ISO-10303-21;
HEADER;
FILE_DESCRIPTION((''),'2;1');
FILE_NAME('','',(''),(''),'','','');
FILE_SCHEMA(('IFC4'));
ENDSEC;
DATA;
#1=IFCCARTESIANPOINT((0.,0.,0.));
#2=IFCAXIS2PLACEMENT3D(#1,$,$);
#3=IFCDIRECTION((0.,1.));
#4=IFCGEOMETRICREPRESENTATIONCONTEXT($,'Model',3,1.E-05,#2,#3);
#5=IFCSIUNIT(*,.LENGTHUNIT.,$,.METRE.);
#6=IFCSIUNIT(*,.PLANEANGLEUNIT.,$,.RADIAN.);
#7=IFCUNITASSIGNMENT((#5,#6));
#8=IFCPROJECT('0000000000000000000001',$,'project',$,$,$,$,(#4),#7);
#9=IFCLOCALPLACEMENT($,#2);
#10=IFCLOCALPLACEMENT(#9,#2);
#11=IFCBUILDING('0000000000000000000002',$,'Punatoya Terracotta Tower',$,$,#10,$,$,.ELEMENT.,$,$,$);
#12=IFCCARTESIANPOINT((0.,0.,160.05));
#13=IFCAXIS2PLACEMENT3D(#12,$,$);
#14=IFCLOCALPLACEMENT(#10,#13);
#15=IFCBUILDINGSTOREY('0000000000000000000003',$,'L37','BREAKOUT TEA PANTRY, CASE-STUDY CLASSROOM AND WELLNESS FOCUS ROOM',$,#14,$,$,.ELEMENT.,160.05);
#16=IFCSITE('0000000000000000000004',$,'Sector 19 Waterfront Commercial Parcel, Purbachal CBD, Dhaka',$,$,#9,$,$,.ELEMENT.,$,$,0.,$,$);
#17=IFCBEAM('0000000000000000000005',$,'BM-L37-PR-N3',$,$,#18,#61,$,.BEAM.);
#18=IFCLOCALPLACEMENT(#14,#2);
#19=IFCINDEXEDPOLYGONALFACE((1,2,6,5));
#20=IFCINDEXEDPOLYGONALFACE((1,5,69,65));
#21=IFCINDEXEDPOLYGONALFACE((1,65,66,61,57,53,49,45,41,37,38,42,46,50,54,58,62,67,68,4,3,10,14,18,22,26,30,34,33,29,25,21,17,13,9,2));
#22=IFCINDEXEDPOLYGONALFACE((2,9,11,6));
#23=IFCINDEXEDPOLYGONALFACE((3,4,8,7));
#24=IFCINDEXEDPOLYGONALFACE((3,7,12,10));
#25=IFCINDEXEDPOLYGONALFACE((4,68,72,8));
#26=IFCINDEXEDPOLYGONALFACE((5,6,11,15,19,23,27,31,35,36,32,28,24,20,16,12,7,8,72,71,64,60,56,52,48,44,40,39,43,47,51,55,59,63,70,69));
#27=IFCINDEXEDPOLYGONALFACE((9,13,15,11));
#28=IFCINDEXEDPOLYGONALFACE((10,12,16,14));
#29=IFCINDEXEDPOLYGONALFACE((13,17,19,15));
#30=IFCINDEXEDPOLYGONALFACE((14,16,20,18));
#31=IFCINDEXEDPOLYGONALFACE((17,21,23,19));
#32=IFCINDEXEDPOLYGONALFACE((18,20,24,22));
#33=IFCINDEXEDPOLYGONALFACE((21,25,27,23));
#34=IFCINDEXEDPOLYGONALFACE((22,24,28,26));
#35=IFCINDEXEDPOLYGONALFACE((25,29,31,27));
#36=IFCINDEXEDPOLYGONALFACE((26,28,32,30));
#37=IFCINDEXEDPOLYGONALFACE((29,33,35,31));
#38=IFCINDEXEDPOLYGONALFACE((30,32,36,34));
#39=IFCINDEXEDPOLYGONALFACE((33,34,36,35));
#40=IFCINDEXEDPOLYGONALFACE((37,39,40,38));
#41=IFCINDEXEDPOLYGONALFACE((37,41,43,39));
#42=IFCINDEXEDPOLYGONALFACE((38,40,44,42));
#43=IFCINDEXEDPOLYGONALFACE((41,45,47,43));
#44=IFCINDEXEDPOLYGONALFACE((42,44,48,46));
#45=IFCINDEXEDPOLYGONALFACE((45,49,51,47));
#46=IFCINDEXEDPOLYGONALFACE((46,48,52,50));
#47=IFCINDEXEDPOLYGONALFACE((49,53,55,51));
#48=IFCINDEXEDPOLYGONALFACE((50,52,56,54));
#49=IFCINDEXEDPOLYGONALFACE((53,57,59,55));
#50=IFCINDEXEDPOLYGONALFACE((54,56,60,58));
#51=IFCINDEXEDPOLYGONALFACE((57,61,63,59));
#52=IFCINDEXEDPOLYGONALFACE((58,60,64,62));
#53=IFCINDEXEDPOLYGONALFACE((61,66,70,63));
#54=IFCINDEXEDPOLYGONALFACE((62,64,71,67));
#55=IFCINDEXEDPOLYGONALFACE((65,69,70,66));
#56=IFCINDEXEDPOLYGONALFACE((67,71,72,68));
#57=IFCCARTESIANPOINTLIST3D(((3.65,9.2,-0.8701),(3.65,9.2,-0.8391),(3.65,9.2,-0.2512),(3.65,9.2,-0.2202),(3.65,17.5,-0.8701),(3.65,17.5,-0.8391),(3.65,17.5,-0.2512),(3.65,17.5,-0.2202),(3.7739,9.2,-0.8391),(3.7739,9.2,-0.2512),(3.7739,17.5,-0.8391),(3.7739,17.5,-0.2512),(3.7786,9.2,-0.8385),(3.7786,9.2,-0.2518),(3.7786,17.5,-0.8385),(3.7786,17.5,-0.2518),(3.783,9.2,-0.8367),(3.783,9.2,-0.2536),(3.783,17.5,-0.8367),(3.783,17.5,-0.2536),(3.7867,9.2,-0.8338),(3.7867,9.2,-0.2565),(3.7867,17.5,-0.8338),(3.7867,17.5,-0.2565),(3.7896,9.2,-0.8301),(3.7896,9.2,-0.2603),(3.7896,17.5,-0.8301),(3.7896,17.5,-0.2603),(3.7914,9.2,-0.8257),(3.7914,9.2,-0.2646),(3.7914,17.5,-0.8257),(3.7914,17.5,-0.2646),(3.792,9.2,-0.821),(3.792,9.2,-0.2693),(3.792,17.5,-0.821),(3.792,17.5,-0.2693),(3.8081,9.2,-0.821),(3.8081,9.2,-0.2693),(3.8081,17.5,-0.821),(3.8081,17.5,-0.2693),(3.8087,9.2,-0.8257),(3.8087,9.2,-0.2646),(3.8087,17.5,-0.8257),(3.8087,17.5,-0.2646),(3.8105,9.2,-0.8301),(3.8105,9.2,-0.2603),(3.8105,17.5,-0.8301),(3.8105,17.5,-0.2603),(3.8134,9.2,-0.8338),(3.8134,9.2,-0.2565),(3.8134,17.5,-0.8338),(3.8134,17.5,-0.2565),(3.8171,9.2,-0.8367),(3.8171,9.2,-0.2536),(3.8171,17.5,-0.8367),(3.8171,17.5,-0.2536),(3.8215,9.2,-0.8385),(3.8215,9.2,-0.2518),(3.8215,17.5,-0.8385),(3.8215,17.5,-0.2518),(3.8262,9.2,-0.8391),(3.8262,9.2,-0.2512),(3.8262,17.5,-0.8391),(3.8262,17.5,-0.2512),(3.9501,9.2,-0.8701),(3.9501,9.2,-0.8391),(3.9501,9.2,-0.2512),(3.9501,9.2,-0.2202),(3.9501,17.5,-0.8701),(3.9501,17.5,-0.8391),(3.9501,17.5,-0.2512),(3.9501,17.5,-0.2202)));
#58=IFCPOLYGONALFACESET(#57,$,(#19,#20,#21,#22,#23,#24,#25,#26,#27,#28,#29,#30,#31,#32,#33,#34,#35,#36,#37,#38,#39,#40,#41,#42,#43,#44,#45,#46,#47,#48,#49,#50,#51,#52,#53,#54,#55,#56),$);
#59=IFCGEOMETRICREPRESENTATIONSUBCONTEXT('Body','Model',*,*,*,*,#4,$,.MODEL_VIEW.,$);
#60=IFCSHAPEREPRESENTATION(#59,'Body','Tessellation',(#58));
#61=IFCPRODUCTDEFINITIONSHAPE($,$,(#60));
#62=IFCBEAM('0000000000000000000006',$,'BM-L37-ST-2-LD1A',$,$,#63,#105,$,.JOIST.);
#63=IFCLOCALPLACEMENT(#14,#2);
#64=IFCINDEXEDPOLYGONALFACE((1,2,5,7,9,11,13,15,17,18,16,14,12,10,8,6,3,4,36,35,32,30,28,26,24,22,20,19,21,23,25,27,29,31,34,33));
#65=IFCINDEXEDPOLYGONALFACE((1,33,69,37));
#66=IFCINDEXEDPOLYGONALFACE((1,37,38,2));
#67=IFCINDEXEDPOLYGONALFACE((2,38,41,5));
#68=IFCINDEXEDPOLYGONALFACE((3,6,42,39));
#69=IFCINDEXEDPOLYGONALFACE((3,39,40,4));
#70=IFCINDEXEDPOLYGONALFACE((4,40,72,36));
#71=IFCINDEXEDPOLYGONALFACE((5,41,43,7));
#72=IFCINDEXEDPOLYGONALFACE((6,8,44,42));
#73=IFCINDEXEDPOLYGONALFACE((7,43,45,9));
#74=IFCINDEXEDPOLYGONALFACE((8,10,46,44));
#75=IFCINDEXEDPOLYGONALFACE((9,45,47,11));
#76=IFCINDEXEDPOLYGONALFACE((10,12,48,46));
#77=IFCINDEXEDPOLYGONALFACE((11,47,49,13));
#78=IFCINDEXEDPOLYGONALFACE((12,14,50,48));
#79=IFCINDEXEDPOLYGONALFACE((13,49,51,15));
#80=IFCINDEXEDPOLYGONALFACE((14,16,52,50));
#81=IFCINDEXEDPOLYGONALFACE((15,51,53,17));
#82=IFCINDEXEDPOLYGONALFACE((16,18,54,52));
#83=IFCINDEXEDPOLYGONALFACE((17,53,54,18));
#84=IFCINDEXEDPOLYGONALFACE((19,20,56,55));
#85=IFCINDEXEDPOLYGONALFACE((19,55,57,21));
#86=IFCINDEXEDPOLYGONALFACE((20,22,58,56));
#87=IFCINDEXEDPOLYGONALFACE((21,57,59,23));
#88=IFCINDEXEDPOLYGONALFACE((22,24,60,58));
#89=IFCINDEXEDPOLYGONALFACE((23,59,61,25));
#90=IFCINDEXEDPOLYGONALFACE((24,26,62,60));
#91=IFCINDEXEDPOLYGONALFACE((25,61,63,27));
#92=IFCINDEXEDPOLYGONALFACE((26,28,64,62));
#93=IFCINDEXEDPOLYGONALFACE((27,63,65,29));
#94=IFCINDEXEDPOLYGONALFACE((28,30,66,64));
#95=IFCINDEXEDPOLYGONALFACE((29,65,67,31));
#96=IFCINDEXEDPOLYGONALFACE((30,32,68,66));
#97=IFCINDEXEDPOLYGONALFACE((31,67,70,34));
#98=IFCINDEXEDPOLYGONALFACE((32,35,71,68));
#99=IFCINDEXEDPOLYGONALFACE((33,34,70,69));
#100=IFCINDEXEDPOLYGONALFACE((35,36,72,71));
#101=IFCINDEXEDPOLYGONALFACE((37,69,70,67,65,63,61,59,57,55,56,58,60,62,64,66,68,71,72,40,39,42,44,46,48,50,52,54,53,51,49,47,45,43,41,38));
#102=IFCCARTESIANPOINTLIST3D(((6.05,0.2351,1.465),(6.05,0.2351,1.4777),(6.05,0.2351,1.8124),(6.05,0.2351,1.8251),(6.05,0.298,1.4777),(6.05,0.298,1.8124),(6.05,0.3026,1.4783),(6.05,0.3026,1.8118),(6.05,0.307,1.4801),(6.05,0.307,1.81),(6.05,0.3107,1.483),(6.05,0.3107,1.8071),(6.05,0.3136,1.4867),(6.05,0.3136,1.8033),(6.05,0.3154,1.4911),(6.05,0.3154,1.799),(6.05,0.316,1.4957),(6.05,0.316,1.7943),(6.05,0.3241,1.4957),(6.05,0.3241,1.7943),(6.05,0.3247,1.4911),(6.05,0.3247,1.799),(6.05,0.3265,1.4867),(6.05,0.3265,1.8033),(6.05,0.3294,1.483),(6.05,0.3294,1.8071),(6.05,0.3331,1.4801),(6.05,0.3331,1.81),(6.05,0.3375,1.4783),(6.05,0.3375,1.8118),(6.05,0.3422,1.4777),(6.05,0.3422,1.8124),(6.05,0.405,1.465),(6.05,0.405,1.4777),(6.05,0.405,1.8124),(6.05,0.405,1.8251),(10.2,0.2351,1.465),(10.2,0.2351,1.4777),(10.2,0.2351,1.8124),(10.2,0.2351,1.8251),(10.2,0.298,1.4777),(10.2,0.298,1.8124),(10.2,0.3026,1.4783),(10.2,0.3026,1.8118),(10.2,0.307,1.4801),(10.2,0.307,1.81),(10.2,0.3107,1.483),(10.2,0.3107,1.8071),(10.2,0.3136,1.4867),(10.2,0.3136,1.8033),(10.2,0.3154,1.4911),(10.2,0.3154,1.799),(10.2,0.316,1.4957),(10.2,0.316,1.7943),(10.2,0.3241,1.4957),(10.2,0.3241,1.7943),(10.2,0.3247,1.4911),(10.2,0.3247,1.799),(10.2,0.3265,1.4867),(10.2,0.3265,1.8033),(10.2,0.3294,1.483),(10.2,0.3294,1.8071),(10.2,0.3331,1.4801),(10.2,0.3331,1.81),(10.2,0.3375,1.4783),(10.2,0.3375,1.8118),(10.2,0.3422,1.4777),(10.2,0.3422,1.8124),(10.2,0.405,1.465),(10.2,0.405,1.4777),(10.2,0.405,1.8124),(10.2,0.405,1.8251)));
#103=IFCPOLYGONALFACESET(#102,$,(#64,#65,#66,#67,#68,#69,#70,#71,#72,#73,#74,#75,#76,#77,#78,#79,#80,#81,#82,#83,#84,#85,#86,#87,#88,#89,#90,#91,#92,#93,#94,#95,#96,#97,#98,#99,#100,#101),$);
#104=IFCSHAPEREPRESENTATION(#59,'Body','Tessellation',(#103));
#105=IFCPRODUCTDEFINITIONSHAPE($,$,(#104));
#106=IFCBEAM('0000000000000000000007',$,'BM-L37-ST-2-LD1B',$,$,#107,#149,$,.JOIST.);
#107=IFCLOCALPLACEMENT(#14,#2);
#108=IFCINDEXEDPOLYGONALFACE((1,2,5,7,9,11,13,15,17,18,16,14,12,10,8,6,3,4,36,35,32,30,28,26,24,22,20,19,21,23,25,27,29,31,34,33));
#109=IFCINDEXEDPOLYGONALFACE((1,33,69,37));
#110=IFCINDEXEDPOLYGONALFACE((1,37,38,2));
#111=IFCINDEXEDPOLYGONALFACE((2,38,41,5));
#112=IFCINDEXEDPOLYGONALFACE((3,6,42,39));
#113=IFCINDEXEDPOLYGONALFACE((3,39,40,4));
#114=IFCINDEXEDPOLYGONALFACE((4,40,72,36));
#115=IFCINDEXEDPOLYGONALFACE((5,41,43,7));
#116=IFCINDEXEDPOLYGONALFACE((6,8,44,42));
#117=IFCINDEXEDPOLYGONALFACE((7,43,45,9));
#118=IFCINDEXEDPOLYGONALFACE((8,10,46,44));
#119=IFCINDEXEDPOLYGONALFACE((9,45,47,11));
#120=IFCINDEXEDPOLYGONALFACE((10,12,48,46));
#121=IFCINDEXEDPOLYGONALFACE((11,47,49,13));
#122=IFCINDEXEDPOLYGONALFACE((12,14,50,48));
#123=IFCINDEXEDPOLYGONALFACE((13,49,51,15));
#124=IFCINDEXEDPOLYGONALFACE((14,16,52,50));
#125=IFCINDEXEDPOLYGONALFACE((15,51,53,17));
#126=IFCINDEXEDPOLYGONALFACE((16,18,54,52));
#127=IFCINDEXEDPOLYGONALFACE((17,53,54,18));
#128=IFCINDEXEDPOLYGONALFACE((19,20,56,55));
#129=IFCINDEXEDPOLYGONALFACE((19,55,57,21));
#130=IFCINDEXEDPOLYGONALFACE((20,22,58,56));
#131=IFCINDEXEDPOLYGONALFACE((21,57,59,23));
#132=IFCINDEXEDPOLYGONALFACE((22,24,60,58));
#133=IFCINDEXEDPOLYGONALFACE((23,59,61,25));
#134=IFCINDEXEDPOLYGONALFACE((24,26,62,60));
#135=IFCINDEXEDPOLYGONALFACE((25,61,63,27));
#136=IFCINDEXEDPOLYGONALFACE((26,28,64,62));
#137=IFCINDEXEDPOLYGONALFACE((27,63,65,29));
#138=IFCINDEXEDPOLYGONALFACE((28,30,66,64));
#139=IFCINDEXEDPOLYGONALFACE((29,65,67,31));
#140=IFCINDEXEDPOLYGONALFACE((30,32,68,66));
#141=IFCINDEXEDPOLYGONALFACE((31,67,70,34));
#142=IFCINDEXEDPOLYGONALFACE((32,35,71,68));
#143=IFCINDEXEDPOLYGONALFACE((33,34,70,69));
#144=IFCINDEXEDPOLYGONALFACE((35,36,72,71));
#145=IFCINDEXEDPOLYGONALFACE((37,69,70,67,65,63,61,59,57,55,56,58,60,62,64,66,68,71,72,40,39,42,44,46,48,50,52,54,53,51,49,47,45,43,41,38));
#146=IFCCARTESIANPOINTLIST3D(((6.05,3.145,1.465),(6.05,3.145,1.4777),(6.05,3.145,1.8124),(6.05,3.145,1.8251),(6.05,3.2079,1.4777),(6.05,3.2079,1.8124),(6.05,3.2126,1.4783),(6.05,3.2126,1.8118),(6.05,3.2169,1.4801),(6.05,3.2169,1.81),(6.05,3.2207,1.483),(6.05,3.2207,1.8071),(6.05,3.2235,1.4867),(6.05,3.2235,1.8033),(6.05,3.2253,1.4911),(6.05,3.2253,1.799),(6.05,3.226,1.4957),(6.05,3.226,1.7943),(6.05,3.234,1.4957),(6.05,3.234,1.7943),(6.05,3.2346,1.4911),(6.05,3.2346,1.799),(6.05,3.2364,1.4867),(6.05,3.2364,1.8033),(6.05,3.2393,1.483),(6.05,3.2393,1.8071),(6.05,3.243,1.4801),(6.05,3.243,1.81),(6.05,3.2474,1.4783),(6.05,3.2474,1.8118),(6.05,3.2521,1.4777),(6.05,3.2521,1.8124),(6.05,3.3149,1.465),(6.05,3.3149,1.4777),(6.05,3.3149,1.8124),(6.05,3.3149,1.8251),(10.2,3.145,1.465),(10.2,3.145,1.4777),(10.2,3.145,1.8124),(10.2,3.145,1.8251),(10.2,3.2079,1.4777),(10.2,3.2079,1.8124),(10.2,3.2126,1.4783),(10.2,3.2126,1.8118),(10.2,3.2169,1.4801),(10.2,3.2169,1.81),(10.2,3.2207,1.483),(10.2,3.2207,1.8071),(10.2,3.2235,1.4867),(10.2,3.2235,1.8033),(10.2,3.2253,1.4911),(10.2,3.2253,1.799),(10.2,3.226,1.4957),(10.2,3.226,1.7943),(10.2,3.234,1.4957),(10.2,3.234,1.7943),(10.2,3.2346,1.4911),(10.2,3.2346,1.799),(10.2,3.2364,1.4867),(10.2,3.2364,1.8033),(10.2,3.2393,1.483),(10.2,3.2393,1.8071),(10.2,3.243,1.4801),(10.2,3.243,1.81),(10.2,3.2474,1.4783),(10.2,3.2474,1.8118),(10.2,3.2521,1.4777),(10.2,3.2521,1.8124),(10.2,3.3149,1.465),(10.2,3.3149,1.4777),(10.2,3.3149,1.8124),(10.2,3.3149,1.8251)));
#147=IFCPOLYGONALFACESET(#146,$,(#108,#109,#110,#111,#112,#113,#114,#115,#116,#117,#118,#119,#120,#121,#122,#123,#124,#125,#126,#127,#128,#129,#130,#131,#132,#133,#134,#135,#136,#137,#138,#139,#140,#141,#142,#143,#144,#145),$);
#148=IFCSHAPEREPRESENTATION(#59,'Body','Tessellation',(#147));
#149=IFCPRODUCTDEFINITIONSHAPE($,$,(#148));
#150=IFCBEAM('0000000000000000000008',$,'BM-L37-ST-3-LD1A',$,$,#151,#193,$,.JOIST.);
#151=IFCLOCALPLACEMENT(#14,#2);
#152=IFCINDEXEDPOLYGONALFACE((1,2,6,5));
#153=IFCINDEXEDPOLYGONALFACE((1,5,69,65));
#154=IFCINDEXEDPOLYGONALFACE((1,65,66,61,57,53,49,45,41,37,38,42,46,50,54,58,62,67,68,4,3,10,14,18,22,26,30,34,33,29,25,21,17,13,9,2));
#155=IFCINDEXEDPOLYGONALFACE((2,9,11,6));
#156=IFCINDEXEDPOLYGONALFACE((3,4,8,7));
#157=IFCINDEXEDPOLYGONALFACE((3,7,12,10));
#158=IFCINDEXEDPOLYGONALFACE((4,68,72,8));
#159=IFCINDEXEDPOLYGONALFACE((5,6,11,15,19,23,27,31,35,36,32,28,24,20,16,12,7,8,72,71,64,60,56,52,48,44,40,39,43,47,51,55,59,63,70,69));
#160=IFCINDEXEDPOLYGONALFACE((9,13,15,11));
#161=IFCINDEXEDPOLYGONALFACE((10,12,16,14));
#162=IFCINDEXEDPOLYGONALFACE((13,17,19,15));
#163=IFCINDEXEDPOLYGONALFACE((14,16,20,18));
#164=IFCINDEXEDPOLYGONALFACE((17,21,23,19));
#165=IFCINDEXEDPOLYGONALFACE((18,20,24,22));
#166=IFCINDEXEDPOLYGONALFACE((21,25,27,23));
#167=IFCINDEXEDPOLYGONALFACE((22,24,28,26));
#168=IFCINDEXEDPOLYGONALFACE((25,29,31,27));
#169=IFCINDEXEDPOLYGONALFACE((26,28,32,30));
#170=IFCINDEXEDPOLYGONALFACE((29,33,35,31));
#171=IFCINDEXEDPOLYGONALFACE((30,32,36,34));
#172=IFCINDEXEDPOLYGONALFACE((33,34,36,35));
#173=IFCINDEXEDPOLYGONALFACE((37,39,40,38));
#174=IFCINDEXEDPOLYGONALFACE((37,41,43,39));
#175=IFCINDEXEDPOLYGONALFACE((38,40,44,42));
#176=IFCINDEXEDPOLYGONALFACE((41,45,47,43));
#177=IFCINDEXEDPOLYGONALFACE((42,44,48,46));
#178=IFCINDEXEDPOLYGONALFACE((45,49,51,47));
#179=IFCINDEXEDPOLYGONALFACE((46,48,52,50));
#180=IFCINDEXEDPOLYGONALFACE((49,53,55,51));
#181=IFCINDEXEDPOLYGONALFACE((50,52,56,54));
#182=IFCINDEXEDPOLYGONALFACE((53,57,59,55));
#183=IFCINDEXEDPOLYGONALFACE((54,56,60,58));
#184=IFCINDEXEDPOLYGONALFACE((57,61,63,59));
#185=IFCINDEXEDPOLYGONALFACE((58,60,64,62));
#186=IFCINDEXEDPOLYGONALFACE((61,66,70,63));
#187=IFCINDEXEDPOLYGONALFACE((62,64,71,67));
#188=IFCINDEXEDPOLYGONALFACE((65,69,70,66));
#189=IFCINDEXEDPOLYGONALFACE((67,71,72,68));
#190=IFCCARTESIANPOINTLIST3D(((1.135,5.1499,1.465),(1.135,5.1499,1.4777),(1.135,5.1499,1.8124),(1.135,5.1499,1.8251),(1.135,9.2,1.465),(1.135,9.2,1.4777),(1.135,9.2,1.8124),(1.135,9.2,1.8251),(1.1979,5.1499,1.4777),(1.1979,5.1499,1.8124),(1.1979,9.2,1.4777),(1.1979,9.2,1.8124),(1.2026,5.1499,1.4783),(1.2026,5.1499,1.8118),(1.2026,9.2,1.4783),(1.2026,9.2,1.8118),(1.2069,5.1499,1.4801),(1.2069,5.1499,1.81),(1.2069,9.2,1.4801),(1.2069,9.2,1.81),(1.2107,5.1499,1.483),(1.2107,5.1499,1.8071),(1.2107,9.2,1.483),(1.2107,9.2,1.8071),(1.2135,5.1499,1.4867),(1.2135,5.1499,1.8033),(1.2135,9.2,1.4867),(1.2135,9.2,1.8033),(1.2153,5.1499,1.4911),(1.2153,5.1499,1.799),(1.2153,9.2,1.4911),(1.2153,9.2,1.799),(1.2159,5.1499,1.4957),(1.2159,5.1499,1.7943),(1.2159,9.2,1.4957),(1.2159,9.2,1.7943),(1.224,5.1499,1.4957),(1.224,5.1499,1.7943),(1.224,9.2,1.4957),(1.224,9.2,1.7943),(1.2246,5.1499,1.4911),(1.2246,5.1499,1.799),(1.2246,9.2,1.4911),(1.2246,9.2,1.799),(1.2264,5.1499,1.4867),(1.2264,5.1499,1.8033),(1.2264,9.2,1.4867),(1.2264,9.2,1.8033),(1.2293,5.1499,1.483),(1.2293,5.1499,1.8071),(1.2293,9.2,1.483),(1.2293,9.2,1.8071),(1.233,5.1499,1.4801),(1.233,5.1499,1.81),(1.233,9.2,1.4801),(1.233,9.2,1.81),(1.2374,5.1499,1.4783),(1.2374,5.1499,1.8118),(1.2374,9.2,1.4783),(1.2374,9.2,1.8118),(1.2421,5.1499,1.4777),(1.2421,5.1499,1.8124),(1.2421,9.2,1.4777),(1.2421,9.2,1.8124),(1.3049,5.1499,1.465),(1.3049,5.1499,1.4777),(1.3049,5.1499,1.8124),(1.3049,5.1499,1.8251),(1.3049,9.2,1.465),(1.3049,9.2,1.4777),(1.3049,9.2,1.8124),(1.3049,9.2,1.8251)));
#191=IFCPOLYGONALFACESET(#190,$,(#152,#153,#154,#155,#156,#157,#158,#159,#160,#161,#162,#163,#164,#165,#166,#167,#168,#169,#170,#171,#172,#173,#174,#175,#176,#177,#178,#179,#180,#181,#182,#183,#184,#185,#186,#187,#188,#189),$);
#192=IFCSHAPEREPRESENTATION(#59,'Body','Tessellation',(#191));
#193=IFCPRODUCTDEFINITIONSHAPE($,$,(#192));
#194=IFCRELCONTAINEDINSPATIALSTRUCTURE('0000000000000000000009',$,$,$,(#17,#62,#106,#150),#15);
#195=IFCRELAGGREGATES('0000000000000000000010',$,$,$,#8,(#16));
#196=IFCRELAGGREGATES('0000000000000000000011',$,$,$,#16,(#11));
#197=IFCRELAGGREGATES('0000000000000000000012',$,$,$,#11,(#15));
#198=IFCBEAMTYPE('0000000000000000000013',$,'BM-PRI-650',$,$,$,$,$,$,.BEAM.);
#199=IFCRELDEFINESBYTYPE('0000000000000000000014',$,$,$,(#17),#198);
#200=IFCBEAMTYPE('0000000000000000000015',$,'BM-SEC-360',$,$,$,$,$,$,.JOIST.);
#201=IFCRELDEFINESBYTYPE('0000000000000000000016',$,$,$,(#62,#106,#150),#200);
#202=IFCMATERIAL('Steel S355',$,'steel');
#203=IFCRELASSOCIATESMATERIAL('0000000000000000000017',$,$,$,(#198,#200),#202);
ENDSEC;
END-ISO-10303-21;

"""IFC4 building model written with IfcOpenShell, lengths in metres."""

from ifc_helpers import new_model, si_unit, direction, frame, origin, origin_2d, place, context, subcontext, project, spatial, i_section, extrude, material, material_profile, profile_set, type_object, element, save


model = new_model("IFC4")

# Units and contexts
model_context = context("Model", 3, precision=1e-05, world=origin(), true_north=direction((0.0, 1.0)))
body_context = subcontext(model_context, "Body", "Model", "MODEL_VIEW")
ifc_project = project(units=[si_unit("LENGTHUNIT", "METRE"), si_unit("PLANEANGLEUNIT", "RADIAN")], contexts=[model_context])

# Site, building, storey
site_placement = place(None, origin())
site = spatial("IfcSite", under=ifc_project, at=site_placement, Name="Sector 19 Waterfront Commercial Parcel, Purbachal CBD, Dhaka", CompositionType="ELEMENT", RefElevation=0.0)
building_placement = place(site_placement, origin())
building = spatial("IfcBuilding", under=site, at=building_placement, Name="Punatoya Terracotta Tower", CompositionType="ELEMENT")
storey_placement = place(building_placement, frame((0.0, 0.0, 160.05)))
storey = spatial("IfcBuildingStorey", under=building, at=storey_placement, Name="L37", Description="BREAKOUT TEA PANTRY, CASE-STUDY CLASSROOM AND WELLNESS FOCUS ROOM", CompositionType="ELEMENT", Elevation=160.05)

# Beams
ifc_material_1 = material(Name="Steel S355", Category="steel")
ifc_material_profile_1 = material_profile(ifc_material_1, i_section(OverallWidth=0.3, OverallDepth=0.6499, WebThickness=0.0161, FlangeThickness=0.031, FilletRadius=0.0181, at=origin_2d()))
ifc_profile_set_1 = profile_set([ifc_material_profile_1], Name="Steel S355")
beam_type_1 = type_object("IfcBeamType", Name="BM-PRI-650", PredefinedType="BEAM", material=ifc_profile_set_1)
beam_placement = place(storey_placement, frame((3.8, 9.2, -0.5452), z_axis=(0.0, 1.0, 0.0), x_axis=(-1.0, 0.0, 0.0)))
element("IfcBeam", 1, at=beam_placement, inside=storey, type_object=beam_type_1, Name="BM-L37-PR-N3", PredefinedType="BEAM", context=body_context, shape_type="SweptSolid", body=[
    extrude(i_section(OverallWidth=0.3, OverallDepth=0.6499, WebThickness=0.0161, FlangeThickness=0.031, FilletRadius=0.0181, at=origin_2d()), origin(), (0.0, 0.0, 1.0), 8.3),
])
ifc_material_profile_2 = material_profile(ifc_material_1, i_section(OverallWidth=0.1699, OverallDepth=0.3601, WebThickness=0.0081, FlangeThickness=0.0127, FilletRadius=0.0181, at=origin_2d()))
ifc_profile_set_2 = profile_set([ifc_material_profile_2], Name="Steel S355")
beam_type_2 = type_object("IfcBeamType", Name="BM-SEC-360", PredefinedType="JOIST", material=ifc_profile_set_2)
for number, where, z_axis, x_axis, name in (
    (2, (6.05, 0.3201, 1.645), (1.0, 0.0, 0.0), (0.0, 1.0, 0.0), "BM-L37-ST-2-LD1A"),
    (3, (6.05, 3.23, 1.645), (1.0, 0.0, 0.0), (0.0, 1.0, 0.0), "BM-L37-ST-2-LD1B"),
):
    element("IfcBeam", number, at=place(storey_placement, frame(where, z_axis=z_axis, x_axis=x_axis)), inside=storey, type_object=beam_type_2, Name=name, PredefinedType="JOIST", context=body_context, shape_type="SweptSolid", body=[
        extrude(i_section(OverallWidth=0.1699, OverallDepth=0.3601, WebThickness=0.0081, FlangeThickness=0.0127, FilletRadius=0.0181, at=origin_2d()), origin(), (0.0, 0.0, 1.0), 4.1499),
    ])
for number, where, z_axis, x_axis, name in (
    (4, (1.22, 5.1499, 1.645), (0.0, 1.0, 0.0), (-1.0, 0.0, 0.0), "BM-L37-ST-3-LD1A"),
):
    element("IfcBeam", number, at=place(storey_placement, frame(where, z_axis=z_axis, x_axis=x_axis)), inside=storey, type_object=beam_type_2, Name=name, PredefinedType="JOIST", context=body_context, shape_type="SweptSolid", body=[
        extrude(i_section(OverallWidth=0.1699, OverallDepth=0.3601, WebThickness=0.0081, FlangeThickness=0.0127, FilletRadius=0.0181, at=origin_2d()), origin(), (0.0, 0.0, 1.0), 4.05),
    ])

save(model, "model.ifc")
